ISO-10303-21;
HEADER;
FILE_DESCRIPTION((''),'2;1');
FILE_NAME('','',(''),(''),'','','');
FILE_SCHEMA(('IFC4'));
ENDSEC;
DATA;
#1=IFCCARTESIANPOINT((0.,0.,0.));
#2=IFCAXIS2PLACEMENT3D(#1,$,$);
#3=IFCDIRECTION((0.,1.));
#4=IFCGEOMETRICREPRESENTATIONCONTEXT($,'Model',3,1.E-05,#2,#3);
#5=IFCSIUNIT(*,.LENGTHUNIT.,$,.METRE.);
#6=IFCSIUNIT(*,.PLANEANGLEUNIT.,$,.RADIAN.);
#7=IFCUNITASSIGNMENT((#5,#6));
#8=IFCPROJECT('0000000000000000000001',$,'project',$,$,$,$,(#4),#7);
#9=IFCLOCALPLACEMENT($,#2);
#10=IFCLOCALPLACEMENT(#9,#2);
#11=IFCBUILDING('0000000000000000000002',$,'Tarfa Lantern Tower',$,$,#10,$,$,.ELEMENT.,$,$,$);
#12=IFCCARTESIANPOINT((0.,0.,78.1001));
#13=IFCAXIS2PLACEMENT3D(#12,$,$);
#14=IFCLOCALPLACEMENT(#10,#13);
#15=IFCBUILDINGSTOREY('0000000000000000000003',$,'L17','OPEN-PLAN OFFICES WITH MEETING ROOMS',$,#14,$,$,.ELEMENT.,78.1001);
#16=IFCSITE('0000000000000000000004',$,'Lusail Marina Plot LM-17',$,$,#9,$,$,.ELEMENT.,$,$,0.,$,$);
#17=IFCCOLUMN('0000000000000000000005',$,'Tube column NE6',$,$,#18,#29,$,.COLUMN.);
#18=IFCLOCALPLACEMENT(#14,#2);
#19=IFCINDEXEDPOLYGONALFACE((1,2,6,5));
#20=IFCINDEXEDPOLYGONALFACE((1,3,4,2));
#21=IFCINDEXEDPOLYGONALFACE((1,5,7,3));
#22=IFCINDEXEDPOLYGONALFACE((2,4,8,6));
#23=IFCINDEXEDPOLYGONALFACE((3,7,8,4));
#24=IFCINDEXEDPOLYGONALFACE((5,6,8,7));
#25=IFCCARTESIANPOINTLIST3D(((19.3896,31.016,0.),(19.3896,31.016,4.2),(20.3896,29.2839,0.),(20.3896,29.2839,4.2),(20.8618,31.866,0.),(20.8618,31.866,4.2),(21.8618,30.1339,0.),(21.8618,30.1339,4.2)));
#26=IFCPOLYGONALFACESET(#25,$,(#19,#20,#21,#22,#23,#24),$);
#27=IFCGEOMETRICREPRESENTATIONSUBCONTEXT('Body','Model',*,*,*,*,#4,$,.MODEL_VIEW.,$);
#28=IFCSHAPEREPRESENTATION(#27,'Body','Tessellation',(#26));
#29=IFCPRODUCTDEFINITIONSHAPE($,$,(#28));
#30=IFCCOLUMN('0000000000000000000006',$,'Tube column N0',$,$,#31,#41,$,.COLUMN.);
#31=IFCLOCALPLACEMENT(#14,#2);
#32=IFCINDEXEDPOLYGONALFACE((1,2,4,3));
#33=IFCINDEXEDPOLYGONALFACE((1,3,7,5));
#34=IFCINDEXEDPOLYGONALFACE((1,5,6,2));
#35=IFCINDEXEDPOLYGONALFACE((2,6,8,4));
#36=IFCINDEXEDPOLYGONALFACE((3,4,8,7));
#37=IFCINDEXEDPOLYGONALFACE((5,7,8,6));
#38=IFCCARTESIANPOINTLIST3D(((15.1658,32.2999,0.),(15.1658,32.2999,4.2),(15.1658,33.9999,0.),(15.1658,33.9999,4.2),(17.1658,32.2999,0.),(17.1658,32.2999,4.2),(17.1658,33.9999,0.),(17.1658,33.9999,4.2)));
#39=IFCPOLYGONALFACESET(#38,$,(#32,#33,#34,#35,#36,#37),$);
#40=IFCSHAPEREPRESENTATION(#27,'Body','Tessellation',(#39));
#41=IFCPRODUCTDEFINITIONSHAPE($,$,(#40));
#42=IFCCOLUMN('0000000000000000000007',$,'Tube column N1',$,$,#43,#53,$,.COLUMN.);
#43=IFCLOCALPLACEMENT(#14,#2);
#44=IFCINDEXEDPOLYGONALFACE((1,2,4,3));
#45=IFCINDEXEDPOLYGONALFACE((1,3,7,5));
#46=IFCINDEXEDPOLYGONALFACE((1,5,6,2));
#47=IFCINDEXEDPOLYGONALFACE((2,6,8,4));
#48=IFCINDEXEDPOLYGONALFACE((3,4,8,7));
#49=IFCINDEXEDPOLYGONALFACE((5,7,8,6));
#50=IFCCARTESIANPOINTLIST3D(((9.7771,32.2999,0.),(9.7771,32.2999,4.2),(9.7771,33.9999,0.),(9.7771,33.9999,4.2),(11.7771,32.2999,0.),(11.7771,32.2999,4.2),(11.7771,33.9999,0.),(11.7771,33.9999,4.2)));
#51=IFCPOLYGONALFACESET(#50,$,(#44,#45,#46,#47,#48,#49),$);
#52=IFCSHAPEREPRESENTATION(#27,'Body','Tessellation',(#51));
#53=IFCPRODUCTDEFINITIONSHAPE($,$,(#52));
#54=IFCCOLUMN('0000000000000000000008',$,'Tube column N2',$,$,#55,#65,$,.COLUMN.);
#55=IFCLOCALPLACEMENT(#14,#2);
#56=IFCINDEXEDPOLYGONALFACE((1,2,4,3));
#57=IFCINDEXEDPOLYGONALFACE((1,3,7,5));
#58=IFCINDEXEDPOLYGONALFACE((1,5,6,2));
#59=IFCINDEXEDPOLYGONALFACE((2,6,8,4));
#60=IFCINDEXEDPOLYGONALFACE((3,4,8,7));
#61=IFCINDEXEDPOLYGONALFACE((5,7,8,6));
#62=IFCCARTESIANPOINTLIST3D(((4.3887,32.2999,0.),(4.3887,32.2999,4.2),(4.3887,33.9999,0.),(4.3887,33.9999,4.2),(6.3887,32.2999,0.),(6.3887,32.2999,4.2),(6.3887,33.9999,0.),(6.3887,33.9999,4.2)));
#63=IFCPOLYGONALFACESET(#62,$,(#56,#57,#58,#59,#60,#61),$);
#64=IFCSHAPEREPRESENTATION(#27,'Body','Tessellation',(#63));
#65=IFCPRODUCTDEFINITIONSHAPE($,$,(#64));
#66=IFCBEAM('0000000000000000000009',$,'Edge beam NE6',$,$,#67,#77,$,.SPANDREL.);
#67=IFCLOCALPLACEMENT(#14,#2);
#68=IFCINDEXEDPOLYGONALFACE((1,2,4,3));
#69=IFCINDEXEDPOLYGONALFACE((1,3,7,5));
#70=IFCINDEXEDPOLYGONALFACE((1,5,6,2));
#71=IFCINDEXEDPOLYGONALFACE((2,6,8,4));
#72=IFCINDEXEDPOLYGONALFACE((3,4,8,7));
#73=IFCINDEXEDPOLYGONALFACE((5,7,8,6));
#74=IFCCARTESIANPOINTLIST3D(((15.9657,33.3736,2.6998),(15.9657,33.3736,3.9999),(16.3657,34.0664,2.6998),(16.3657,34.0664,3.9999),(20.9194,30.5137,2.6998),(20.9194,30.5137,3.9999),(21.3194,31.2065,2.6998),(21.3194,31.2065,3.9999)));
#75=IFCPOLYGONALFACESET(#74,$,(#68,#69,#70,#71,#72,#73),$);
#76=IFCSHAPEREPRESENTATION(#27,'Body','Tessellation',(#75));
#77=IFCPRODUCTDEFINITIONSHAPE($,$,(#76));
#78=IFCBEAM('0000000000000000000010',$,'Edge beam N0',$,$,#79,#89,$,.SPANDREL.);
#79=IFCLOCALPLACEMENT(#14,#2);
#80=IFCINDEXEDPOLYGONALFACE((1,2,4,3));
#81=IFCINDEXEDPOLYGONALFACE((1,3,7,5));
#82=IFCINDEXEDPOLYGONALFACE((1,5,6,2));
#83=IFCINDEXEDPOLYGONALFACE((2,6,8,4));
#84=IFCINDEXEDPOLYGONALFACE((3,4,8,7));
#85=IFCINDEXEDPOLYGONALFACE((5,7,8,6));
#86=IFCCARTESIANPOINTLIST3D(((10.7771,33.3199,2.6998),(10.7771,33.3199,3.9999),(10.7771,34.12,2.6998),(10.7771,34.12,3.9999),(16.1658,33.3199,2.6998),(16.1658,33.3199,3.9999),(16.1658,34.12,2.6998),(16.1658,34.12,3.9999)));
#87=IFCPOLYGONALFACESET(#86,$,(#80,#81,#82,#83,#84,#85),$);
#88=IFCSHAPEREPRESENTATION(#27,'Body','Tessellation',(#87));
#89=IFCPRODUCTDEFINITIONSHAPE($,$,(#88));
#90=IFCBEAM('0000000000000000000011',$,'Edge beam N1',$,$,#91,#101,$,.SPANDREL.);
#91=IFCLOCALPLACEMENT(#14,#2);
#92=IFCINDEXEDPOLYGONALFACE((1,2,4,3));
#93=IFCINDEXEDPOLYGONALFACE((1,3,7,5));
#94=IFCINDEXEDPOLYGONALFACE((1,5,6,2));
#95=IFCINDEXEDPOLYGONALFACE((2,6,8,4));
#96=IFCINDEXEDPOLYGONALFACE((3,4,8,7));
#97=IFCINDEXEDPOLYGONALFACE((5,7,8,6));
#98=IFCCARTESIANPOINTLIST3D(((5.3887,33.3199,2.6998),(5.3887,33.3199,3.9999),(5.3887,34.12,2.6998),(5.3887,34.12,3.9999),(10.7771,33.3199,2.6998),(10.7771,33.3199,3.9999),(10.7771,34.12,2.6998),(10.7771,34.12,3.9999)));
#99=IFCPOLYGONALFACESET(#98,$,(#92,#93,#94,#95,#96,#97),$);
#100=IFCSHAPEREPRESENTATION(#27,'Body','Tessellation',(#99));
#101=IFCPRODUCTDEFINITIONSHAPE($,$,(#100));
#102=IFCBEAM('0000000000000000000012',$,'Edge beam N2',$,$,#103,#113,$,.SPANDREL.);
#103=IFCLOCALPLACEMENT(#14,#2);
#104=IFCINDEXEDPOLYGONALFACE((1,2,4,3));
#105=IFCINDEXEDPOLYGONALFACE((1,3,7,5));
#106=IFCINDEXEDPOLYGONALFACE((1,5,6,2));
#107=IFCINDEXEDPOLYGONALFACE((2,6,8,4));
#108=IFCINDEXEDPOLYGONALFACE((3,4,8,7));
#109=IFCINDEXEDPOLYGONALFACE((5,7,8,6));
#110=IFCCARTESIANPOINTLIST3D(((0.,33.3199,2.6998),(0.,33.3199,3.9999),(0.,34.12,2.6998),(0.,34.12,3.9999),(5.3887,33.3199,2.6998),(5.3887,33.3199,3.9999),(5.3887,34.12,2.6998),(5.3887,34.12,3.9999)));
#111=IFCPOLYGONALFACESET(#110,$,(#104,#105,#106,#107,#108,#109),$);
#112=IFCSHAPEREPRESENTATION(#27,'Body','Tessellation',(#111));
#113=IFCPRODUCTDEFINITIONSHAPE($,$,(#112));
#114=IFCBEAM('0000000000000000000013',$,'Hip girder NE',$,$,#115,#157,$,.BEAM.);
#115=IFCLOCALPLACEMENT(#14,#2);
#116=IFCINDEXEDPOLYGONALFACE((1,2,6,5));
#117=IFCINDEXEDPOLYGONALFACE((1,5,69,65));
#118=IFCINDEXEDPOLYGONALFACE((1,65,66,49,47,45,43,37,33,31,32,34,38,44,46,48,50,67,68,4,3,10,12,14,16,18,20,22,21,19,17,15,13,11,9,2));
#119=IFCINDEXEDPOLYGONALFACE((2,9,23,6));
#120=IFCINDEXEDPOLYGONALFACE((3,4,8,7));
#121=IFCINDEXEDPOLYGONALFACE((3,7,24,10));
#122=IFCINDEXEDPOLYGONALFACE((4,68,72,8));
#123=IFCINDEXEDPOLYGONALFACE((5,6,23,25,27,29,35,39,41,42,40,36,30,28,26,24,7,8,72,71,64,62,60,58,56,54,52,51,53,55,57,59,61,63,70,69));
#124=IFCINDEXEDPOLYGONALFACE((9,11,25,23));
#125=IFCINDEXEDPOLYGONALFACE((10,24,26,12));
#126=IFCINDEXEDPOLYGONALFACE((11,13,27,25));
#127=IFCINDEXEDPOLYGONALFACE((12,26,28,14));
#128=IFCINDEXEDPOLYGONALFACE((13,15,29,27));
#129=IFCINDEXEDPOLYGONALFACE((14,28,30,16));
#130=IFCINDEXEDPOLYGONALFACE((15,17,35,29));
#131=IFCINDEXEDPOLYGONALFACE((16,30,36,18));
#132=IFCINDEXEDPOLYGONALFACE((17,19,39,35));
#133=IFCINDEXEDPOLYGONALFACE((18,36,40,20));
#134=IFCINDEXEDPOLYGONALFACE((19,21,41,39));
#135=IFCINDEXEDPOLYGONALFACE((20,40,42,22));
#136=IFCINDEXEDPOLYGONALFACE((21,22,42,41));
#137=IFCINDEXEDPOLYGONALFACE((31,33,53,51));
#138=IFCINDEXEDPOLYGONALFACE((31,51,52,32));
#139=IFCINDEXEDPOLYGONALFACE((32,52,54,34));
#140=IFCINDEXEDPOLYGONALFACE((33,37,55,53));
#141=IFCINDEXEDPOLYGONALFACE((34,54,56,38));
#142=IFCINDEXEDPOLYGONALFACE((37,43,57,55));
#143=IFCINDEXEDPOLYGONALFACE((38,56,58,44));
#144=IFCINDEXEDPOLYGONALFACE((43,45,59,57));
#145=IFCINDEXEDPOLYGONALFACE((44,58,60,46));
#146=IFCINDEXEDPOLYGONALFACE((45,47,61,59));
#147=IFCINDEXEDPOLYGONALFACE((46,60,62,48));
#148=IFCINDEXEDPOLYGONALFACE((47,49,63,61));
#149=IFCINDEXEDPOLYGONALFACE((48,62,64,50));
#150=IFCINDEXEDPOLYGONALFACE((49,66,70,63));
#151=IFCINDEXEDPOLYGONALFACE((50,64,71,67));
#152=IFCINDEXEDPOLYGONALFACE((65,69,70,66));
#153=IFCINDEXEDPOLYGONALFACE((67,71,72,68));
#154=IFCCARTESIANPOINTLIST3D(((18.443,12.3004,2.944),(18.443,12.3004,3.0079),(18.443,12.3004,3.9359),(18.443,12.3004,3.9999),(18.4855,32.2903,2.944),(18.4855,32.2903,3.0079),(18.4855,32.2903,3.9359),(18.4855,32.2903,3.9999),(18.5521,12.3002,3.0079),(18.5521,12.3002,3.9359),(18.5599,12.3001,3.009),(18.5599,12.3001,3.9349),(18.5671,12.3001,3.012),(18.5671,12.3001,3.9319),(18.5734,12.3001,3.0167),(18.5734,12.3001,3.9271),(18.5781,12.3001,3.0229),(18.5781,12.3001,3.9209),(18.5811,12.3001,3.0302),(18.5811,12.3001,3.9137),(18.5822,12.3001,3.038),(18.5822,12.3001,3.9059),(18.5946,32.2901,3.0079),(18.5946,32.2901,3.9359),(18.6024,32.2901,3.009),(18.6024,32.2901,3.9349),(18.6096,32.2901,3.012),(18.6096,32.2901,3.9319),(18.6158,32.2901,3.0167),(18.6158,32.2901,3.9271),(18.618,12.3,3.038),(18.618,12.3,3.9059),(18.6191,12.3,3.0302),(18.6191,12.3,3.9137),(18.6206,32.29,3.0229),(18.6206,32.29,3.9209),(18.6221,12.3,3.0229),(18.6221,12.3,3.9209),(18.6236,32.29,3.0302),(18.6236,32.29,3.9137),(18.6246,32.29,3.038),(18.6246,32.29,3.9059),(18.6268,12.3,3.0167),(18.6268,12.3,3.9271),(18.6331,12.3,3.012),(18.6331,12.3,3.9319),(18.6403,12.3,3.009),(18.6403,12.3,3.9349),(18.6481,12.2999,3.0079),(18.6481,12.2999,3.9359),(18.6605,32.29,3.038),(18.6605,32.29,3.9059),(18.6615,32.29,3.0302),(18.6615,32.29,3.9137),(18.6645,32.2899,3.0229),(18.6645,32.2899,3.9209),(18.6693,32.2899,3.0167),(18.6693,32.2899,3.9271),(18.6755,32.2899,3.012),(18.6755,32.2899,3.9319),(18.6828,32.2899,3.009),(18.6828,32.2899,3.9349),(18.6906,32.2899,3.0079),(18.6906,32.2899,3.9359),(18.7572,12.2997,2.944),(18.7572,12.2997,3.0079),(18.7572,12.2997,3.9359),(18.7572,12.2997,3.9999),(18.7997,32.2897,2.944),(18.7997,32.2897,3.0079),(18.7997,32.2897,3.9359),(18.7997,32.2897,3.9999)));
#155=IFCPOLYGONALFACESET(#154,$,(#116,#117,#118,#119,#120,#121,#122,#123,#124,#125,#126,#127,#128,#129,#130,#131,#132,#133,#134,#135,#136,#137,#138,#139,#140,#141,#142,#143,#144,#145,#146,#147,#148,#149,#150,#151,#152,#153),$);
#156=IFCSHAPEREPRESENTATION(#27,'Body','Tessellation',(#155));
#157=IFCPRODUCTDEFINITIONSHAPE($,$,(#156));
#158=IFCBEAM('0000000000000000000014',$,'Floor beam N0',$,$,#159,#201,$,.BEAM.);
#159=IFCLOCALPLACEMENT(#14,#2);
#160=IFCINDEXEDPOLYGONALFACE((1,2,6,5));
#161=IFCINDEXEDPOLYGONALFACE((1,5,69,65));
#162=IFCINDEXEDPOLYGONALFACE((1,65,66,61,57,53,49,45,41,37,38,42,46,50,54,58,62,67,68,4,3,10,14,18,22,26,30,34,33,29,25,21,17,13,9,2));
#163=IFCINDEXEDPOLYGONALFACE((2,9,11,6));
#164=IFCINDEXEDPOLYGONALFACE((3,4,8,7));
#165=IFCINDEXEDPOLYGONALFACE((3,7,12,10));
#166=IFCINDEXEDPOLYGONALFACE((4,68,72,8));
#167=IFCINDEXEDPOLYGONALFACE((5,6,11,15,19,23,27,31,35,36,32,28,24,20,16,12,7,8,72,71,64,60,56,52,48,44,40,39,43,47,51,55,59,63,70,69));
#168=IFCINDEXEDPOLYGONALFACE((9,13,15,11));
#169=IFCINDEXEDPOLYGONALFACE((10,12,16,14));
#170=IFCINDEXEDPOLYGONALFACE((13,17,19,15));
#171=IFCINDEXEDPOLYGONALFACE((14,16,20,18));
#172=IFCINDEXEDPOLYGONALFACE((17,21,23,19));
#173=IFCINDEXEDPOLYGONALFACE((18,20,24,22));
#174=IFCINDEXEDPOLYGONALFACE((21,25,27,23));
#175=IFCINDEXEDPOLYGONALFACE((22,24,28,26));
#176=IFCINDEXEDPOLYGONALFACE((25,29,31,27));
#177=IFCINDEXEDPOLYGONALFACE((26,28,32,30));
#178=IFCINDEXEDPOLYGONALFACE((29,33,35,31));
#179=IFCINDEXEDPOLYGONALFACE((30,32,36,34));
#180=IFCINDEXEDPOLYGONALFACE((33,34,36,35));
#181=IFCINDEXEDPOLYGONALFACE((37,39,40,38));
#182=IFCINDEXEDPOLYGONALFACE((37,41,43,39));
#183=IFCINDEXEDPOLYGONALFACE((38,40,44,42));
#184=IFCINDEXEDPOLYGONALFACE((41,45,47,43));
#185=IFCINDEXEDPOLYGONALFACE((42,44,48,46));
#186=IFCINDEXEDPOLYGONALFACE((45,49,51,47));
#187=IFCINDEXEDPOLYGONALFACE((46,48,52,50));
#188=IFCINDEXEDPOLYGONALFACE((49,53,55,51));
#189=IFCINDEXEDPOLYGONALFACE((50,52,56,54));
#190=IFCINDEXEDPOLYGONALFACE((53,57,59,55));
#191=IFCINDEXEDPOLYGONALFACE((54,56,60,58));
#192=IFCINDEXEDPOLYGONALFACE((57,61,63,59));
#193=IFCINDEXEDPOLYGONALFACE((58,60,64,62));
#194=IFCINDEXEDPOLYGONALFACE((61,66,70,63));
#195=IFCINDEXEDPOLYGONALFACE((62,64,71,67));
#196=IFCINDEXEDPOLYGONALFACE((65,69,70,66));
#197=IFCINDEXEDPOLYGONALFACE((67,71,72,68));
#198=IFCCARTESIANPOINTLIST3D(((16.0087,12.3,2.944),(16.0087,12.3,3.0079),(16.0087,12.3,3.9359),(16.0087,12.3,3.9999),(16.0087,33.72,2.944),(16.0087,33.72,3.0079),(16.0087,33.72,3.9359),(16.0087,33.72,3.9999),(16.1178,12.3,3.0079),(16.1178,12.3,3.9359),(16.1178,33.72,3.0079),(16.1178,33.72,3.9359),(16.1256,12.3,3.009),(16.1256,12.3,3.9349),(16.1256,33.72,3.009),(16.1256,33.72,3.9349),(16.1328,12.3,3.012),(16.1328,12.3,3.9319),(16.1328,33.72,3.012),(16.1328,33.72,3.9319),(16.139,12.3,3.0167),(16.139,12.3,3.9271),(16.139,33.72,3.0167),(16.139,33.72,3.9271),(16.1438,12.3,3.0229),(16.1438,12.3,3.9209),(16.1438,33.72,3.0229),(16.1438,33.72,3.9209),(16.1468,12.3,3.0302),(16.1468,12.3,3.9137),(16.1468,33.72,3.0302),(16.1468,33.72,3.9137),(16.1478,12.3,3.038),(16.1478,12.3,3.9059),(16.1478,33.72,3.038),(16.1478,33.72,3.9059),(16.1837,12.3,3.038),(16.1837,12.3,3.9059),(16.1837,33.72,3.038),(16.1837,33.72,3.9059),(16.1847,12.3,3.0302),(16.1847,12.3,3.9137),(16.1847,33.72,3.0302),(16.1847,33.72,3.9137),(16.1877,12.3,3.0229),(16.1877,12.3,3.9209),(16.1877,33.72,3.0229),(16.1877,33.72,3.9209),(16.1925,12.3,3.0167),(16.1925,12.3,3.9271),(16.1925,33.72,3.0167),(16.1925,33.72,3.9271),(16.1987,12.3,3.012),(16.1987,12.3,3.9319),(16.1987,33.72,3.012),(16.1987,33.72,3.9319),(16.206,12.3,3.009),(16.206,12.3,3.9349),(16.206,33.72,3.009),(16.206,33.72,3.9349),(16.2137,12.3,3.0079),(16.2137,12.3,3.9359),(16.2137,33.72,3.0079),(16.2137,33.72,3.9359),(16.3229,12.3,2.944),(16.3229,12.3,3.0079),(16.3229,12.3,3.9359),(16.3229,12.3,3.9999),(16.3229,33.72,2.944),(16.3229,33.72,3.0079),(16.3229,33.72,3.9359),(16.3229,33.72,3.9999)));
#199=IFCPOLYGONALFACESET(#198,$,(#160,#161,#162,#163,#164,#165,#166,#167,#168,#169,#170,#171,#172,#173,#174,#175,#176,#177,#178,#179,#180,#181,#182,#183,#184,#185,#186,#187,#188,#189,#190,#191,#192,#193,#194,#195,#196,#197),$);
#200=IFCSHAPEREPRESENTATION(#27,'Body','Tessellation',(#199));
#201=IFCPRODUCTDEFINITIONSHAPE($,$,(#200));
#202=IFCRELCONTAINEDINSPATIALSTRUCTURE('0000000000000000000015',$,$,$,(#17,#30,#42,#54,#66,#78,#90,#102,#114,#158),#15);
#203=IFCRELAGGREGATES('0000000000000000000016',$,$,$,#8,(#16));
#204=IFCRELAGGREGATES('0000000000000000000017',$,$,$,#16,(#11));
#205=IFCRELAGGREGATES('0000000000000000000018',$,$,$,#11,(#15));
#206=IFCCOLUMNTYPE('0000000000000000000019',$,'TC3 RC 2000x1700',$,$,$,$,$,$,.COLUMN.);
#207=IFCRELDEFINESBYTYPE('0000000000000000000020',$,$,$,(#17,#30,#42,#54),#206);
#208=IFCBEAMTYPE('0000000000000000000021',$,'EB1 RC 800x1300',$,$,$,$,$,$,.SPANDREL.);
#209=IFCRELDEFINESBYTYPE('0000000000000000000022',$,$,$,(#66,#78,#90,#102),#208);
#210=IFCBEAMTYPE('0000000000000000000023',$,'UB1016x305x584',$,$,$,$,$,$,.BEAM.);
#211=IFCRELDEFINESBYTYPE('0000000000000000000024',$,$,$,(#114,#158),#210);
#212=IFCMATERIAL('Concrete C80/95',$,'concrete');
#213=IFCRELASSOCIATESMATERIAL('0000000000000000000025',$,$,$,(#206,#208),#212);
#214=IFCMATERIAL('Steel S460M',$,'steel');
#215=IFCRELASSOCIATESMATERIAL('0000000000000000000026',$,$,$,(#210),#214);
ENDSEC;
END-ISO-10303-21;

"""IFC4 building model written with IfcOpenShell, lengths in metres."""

from ifc_helpers import new_model, si_unit, direction, frame, origin, origin_2d, place, context, subcontext, project, spatial, rectangle, i_section, extrude, material, material_profile, profile_set, type_object, element, save


model = new_model("IFC4")

# Units and contexts
model_context = context("Model", 3, precision=1e-05, world=origin(), true_north=direction((0.0, 1.0)))
body_context = subcontext(model_context, "Body", "Model", "MODEL_VIEW")
ifc_project = project(units=[si_unit("LENGTHUNIT", "METRE"), si_unit("PLANEANGLEUNIT", "RADIAN")], contexts=[model_context])

# Site, building, storey
site_placement = place(None, origin())
site = spatial("IfcSite", under=ifc_project, at=site_placement, Name="Lusail Marina Plot LM-17", CompositionType="ELEMENT", RefElevation=0.0)
building_placement = place(site_placement, origin())
building = spatial("IfcBuilding", under=site, at=building_placement, Name="Tarfa Lantern Tower", CompositionType="ELEMENT")
storey_placement = place(building_placement, frame((0.0, 0.0, 78.1001)))
storey = spatial("IfcBuildingStorey", under=building, at=storey_placement, Name="L17", Description="OPEN-PLAN OFFICES WITH MEETING ROOMS", CompositionType="ELEMENT", Elevation=78.1001)

# Columns
ifc_material_1 = material(Name="Concrete C80/95", Category="concrete")
ifc_material_profile_1 = material_profile(ifc_material_1, rectangle(XDim=2.0, YDim=1.7, at=origin_2d()), Name="RC 2000x1700")
ifc_profile_set_1 = profile_set([ifc_material_profile_1], Name="Concrete C80/95")
column_type = type_object("IfcColumnType", Name="TC3 RC 2000x1700", PredefinedType="COLUMN", material=ifc_profile_set_1)
for number, where, z_axis, x_axis, name in (
    (1, (20.6257, 30.575, 0.0), (0.0, 0.0, 1.0), (-0.5, 0.866025, 0.0), "Tube column NE6"),
    (2, (16.1658, 33.1499, 0.0), (0.0, 0.0, 1.0), (-1.0, 0.0, 0.0), "Tube column N0"),
    (3, (10.7771, 33.1499, 0.0), (0.0, 0.0, 1.0), (-1.0, 0.0, 0.0), "Tube column N1"),
    (4, (5.3887, 33.1499, 0.0), (0.0, 0.0, 1.0), (-1.0, 0.0, 0.0), "Tube column N2"),
):
    element("IfcColumn", number, at=place(storey_placement, frame(where, z_axis=z_axis, x_axis=x_axis)), inside=storey, type_object=column_type, Name=name, PredefinedType="COLUMN", context=body_context, shape_type="SweptSolid", body=[
        extrude(rectangle(XDim=2.0, YDim=1.7, at=origin_2d()), origin(), (0.0, 0.0, 1.0), 4.2),
    ])

# Beams
ifc_material_profile_2 = material_profile(ifc_material_1, rectangle(XDim=0.8, YDim=1.3, at=origin_2d()), Name="RC 800x1300")
ifc_profile_set_2 = profile_set([ifc_material_profile_2], Name="Concrete C80/95")
beam_type_1 = type_object("IfcBeamType", Name="EB1 RC 800x1300", PredefinedType="SPANDREL", material=ifc_profile_set_2)
beam_1_placement = place(storey_placement, frame((21.1194, 30.8601, 3.3499), z_axis=(-0.866033, 0.499986, 0.0), x_axis=(-0.499986, -0.866033, 0.0)))
element("IfcBeam", 5, at=beam_1_placement, inside=storey, type_object=beam_type_1, Name="Edge beam NE6", PredefinedType="SPANDREL", context=body_context, shape_type="SweptSolid", body=[
    extrude(rectangle(XDim=0.8, YDim=1.3, at=origin_2d()), origin(), (0.0, 0.0, 1.0), 5.72),
])
beam_2_placement = place(storey_placement, frame((16.1658, 33.72, 3.3499), z_axis=(-1.0, 0.0, 0.0), x_axis=(0.0, -1.0, 0.0)))
element("IfcBeam", 6, at=beam_2_placement, inside=storey, type_object=beam_type_1, Name="Edge beam N0", PredefinedType="SPANDREL", context=body_context, shape_type="SweptSolid", body=[
    extrude(rectangle(XDim=0.8, YDim=1.3, at=origin_2d()), origin(), (0.0, 0.0, 1.0), 5.3887),
])
beam_3_placement = place(storey_placement, frame((10.7771, 33.72, 3.3499), z_axis=(-1.0, 0.0, 0.0), x_axis=(0.0, -1.0, 0.0)))
element("IfcBeam", 7, at=beam_3_placement, inside=storey, type_object=beam_type_1, Name="Edge beam N1", PredefinedType="SPANDREL", context=body_context, shape_type="SweptSolid", body=[
    extrude(rectangle(XDim=0.8, YDim=1.3, at=origin_2d()), origin(), (0.0, 0.0, 1.0), 5.3884),
])
beam_4_placement = place(storey_placement, frame((5.3887, 33.72, 3.3499), z_axis=(-1.0, 0.0, 0.0), x_axis=(0.0, -1.0, 0.0)))
element("IfcBeam", 8, at=beam_4_placement, inside=storey, type_object=beam_type_1, Name="Edge beam N2", PredefinedType="SPANDREL", context=body_context, shape_type="SweptSolid", body=[
    extrude(rectangle(XDim=0.8, YDim=1.3, at=origin_2d()), origin(), (0.0, 0.0, 1.0), 5.3887),
])
ifc_material_2 = material(Name="Steel S460M", Category="steel")
ifc_material_profile_3 = material_profile(ifc_material_2, i_section(OverallWidth=0.3142, OverallDepth=1.0559, WebThickness=0.0359, FlangeThickness=0.064, FilletRadius=0.03, at=origin_2d()), Name="UB1016x305x584")
ifc_profile_set_3 = profile_set([ifc_material_profile_3], Name="Steel S460M")
beam_type_2 = type_object("IfcBeamType", Name="UB1016x305x584", PredefinedType="BEAM", material=ifc_profile_set_3)
beam_5_placement = place(storey_placement, frame((18.6001, 12.3, 3.4719), z_axis=(0.002125, 0.999998, 0.0), x_axis=(-0.999998, 0.002125, 0.0)))
element("IfcBeam", 9, at=beam_5_placement, inside=storey, type_object=beam_type_2, Name="Hip girder NE", PredefinedType="BEAM", context=body_context, shape_type="SweptSolid", body=[
    extrude(i_section(OverallWidth=0.3142, OverallDepth=1.0559, WebThickness=0.0359, FlangeThickness=0.064, FilletRadius=0.03, at=origin_2d()), origin(), (0.0, 0.0, 1.0), 19.99),
])
for number, where, z_axis, x_axis, name in (
    (10, (16.1658, 33.72, 3.4719), (0.0, -1.0, 0.0), (1.0, 0.0, 0.0), "Floor beam N0"),
):
    element("IfcBeam", number, at=place(storey_placement, frame(where, z_axis=z_axis, x_axis=x_axis)), inside=storey, type_object=beam_type_2, Name=name, PredefinedType="BEAM", context=body_context, shape_type="SweptSolid", body=[
        extrude(i_section(OverallWidth=0.3142, OverallDepth=1.0559, WebThickness=0.0359, FlangeThickness=0.064, FilletRadius=0.03, at=origin_2d()), origin(), (0.0, 0.0, 1.0), 21.4199),
    ])

save(model, "model.ifc")
